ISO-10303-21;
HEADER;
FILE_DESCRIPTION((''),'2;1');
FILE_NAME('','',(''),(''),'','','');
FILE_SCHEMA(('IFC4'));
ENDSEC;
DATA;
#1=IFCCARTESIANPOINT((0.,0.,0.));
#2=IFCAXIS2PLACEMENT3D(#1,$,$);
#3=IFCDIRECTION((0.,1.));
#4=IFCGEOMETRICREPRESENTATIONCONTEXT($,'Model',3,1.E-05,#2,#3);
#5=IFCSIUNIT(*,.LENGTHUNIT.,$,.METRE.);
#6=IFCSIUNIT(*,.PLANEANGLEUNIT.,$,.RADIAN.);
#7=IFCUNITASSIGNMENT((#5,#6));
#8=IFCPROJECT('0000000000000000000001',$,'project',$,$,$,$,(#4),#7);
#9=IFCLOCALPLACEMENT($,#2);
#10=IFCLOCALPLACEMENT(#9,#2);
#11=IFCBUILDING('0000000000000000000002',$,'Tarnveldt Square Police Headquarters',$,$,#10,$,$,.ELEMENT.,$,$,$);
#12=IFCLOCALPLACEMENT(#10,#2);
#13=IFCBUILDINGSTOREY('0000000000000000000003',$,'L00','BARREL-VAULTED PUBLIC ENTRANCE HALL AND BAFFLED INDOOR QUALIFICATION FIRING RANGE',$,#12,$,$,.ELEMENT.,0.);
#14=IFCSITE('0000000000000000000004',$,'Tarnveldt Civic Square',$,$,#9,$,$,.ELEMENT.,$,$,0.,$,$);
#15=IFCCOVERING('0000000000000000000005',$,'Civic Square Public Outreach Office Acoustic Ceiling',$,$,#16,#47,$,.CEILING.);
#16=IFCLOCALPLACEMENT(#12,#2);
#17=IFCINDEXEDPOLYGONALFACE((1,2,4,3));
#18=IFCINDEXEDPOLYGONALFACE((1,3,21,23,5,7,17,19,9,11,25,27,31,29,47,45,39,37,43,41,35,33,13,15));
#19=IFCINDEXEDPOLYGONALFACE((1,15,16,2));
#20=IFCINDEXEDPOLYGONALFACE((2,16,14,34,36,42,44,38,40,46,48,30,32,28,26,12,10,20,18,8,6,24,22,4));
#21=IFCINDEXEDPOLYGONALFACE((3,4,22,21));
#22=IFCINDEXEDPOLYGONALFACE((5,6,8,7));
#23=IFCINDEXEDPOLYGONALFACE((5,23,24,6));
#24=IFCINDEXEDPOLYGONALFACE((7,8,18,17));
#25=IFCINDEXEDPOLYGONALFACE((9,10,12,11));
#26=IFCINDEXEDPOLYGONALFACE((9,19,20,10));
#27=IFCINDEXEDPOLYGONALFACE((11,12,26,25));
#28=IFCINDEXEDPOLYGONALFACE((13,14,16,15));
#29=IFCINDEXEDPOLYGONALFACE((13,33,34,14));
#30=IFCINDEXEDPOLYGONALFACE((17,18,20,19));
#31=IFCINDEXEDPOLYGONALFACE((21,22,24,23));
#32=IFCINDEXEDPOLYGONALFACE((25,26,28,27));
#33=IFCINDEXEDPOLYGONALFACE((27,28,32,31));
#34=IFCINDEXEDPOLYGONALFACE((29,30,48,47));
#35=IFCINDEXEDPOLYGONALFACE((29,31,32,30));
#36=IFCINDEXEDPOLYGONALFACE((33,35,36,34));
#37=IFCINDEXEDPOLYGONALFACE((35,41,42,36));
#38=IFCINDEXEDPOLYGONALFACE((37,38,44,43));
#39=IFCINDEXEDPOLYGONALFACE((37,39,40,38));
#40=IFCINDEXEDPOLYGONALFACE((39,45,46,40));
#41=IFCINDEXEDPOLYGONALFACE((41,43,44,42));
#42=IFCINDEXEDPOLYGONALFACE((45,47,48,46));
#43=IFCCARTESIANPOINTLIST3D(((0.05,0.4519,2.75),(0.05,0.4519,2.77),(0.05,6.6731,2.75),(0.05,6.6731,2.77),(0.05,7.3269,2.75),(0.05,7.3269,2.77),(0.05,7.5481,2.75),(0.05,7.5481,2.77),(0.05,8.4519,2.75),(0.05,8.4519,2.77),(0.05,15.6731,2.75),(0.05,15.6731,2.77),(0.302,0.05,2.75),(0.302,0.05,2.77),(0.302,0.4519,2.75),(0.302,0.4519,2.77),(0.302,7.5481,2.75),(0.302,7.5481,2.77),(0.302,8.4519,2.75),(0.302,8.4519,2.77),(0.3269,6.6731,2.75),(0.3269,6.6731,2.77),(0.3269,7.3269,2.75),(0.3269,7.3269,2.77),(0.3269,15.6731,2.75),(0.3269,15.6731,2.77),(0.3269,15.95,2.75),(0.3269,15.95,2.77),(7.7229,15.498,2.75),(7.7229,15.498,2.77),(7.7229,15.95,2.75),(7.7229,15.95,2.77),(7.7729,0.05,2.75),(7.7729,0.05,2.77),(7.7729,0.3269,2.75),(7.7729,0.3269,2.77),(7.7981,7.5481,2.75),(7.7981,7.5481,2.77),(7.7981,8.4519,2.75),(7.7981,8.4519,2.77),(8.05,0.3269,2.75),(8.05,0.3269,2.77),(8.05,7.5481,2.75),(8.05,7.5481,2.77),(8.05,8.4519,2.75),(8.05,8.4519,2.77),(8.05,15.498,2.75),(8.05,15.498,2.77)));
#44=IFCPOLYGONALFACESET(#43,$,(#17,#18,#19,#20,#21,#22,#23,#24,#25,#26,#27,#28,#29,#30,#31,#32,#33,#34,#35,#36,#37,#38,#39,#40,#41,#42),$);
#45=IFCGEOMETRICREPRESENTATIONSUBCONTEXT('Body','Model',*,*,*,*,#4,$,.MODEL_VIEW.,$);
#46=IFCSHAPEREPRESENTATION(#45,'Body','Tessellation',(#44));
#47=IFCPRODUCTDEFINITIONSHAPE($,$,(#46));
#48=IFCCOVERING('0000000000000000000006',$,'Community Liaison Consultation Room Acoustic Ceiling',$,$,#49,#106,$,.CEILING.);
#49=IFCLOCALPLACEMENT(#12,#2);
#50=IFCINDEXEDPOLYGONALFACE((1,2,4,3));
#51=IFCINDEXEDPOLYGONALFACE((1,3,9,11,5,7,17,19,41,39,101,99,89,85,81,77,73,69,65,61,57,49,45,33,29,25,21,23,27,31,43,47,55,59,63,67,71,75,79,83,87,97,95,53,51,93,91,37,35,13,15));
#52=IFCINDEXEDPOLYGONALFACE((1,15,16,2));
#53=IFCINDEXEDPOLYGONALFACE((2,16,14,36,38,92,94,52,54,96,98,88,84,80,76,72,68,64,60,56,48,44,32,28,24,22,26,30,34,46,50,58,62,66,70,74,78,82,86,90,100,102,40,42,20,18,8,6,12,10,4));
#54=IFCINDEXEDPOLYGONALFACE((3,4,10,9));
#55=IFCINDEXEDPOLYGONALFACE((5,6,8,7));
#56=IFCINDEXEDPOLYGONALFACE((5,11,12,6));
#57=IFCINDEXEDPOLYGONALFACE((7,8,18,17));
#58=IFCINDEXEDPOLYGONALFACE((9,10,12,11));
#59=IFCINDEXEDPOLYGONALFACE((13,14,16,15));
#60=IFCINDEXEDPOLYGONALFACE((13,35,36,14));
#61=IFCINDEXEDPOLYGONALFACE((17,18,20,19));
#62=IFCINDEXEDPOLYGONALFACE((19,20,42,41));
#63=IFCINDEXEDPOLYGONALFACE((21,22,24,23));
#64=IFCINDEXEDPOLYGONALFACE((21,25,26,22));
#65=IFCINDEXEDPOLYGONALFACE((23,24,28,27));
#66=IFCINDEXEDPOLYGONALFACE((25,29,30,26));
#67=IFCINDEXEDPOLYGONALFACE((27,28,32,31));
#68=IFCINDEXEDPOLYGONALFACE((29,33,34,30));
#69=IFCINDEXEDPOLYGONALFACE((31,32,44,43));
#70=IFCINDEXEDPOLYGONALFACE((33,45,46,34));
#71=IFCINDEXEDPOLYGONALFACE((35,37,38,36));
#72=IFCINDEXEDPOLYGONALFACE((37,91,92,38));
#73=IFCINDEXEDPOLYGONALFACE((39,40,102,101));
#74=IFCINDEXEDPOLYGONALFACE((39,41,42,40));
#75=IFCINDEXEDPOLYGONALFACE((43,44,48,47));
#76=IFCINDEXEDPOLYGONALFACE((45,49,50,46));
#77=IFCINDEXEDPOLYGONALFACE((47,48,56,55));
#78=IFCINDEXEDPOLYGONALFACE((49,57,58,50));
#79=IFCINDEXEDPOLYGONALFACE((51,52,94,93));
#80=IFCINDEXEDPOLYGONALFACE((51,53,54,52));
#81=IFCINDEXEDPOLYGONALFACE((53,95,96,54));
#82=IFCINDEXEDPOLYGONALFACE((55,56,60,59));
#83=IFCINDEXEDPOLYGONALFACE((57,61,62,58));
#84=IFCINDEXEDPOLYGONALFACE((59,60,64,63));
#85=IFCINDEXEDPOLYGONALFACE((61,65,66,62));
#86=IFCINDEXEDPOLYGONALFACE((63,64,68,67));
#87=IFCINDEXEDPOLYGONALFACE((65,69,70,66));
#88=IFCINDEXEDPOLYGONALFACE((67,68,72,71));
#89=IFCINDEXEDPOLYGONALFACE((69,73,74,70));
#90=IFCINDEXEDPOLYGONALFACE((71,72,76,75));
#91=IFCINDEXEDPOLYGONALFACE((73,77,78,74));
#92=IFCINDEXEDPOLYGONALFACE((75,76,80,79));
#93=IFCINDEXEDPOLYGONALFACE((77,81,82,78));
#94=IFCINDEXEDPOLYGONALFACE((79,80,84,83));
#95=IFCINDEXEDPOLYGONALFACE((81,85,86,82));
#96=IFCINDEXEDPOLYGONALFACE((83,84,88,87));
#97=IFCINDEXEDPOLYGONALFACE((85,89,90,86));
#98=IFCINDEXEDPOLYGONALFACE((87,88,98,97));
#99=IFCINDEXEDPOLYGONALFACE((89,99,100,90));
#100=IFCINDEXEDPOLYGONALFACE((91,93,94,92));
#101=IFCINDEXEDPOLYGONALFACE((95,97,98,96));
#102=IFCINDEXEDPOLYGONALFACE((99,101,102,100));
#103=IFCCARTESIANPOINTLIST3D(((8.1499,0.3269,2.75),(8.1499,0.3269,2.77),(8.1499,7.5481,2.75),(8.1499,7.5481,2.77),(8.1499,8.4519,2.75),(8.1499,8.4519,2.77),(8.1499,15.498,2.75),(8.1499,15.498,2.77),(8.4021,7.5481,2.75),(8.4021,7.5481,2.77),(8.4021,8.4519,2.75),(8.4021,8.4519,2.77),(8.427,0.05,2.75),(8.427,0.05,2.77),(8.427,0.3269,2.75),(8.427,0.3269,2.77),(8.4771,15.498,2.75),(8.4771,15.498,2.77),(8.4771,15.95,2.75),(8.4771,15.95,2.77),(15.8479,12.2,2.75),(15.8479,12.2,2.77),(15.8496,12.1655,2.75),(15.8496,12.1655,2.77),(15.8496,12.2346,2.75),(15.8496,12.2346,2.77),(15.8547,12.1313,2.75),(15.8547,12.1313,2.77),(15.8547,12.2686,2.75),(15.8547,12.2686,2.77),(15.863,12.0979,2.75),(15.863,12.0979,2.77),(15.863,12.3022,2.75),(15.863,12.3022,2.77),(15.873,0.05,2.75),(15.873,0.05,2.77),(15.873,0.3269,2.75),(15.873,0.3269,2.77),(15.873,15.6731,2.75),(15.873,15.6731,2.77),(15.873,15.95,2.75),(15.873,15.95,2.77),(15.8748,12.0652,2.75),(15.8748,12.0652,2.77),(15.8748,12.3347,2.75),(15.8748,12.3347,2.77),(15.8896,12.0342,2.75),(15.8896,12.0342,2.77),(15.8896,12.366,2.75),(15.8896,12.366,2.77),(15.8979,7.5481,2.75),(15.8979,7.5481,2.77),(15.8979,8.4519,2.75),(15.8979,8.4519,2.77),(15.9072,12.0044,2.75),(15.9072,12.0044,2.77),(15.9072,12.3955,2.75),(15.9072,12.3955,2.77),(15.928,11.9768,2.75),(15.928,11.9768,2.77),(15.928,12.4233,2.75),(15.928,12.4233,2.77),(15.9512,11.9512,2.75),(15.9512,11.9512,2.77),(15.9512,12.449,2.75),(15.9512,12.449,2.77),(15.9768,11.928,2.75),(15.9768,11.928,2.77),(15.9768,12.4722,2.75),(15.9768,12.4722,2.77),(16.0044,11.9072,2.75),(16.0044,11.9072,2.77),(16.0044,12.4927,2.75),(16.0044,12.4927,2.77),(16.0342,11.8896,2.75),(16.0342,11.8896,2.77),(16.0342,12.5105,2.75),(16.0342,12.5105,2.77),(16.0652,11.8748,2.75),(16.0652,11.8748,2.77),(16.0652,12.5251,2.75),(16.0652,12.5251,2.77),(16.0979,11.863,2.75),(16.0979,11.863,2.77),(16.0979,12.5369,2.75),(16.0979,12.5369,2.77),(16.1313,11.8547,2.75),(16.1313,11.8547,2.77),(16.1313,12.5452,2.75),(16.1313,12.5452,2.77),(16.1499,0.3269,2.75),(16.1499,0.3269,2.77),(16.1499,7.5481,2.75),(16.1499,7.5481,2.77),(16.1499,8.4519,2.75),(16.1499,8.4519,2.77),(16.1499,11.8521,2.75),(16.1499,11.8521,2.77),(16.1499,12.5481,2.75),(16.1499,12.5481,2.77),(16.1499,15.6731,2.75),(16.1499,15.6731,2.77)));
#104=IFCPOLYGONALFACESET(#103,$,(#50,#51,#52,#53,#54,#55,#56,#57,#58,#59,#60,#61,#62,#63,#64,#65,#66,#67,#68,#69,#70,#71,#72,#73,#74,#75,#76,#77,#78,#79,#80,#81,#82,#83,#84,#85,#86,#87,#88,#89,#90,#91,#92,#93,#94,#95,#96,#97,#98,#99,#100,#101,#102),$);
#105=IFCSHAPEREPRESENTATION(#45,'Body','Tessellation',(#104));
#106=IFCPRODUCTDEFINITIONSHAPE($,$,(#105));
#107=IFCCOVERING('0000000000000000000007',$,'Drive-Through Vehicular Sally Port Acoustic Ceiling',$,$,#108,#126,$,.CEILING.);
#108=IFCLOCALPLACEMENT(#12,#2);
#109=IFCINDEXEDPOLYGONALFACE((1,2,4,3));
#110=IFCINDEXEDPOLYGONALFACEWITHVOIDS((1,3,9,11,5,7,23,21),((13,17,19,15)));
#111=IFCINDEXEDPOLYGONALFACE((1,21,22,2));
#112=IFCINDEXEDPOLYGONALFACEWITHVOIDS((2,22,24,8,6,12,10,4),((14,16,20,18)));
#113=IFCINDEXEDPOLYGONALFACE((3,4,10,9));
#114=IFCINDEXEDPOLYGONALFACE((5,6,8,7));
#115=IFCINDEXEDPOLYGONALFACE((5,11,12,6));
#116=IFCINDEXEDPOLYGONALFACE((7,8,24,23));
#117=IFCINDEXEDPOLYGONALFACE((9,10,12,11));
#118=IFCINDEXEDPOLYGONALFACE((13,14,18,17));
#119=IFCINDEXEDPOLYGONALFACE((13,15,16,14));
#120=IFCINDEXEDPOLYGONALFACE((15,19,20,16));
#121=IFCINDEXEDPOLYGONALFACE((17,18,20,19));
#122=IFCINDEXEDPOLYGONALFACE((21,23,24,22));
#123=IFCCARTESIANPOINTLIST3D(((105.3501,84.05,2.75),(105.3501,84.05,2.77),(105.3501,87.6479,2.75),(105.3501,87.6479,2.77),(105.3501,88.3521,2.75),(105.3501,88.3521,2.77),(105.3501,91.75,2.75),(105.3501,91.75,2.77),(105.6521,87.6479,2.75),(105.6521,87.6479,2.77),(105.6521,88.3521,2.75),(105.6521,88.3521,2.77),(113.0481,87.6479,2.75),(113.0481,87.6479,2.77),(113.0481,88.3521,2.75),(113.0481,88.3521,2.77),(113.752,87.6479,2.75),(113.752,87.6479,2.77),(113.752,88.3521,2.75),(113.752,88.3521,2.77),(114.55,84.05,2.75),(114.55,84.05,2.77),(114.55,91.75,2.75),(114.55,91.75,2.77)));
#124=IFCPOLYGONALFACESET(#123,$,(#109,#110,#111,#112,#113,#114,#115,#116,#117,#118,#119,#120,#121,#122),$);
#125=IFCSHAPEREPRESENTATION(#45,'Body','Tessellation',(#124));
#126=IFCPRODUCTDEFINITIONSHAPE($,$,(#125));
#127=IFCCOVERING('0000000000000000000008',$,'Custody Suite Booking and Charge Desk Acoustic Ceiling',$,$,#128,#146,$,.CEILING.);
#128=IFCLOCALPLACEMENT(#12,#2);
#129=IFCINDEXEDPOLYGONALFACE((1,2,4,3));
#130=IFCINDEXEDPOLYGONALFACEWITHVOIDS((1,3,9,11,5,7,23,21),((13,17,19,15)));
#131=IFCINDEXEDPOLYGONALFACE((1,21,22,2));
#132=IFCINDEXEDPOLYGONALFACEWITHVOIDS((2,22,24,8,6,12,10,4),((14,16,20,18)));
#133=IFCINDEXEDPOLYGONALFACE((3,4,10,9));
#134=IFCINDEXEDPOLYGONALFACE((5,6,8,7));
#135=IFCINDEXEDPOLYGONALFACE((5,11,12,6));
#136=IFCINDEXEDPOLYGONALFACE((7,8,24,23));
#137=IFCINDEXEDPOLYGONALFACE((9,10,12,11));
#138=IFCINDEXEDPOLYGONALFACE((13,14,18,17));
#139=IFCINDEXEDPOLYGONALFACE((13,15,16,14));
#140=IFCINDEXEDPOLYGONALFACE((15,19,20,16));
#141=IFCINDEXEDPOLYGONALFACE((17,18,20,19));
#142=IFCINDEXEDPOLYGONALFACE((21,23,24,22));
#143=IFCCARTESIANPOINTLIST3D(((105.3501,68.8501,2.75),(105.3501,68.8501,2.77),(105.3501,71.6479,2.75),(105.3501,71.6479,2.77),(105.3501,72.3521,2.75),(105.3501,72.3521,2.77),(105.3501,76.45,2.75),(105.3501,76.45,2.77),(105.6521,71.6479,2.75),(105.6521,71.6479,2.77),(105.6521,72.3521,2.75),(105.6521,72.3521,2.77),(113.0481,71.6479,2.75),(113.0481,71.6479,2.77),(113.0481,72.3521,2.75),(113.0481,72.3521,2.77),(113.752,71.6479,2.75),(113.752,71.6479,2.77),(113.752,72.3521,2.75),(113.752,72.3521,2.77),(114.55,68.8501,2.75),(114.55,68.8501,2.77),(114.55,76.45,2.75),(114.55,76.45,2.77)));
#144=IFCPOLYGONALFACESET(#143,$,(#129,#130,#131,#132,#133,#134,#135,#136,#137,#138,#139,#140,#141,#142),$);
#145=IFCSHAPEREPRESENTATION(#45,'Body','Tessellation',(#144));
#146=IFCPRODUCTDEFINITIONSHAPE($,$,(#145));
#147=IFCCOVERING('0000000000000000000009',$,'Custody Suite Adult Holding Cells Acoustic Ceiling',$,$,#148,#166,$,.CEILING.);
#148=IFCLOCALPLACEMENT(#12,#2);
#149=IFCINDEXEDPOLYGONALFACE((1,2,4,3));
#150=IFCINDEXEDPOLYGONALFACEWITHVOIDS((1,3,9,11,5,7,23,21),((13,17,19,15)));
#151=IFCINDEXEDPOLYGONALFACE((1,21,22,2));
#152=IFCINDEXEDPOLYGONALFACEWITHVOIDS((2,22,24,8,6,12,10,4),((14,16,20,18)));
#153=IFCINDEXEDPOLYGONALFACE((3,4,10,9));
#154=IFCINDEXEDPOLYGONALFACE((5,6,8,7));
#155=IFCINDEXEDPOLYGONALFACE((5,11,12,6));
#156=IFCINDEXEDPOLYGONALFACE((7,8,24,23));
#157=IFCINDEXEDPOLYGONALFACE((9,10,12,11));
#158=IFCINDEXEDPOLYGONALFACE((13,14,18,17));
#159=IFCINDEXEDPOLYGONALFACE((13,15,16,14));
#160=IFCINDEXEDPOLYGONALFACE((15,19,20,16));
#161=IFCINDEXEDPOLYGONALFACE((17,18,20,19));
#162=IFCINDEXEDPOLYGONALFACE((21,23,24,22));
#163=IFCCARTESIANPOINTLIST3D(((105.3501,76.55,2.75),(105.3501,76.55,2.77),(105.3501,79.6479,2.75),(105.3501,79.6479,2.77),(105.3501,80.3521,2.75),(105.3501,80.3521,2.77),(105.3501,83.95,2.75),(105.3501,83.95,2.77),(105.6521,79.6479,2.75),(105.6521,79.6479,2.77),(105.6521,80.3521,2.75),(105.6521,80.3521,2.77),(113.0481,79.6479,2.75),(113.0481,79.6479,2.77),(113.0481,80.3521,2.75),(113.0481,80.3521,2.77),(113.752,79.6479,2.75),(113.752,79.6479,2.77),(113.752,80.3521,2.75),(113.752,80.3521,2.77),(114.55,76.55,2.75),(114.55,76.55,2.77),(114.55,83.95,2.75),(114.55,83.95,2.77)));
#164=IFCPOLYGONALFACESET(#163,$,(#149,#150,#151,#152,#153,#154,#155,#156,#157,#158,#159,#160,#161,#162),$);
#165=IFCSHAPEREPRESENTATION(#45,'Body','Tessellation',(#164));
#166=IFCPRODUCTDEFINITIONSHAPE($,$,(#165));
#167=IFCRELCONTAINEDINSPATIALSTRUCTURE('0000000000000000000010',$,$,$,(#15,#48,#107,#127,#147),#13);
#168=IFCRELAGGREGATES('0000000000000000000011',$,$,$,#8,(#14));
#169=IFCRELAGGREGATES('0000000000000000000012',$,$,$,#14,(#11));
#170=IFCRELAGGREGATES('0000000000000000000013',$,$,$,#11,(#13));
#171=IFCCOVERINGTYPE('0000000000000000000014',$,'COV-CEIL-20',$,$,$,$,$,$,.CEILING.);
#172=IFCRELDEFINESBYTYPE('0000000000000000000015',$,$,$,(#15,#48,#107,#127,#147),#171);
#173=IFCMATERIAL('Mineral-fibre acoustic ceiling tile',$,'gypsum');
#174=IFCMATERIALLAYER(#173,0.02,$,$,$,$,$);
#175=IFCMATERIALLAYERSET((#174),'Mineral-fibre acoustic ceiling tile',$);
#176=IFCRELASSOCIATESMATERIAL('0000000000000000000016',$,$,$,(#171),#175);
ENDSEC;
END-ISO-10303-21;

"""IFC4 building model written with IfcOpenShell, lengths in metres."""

from ifc_helpers import new_model, si_unit, direction, frame, origin, place, context, subcontext, project, spatial, polyline, outline, extrude, material, layer, layer_set, type_object, element, save


model = new_model("IFC4")

# Units and contexts
model_context = context("Model", 3, precision=1e-05, world=origin(), true_north=direction((0.0, 1.0)))
body_context = subcontext(model_context, "Body", "Model", "MODEL_VIEW")
ifc_project = project(units=[si_unit("LENGTHUNIT", "METRE"), si_unit("PLANEANGLEUNIT", "RADIAN")], contexts=[model_context])

# Site, building, storey
site_placement = place(None, origin())
site = spatial("IfcSite", under=ifc_project, at=site_placement, Name="Tarnveldt Civic Square", CompositionType="ELEMENT", RefElevation=0.0)
building_placement = place(site_placement, origin())
building = spatial("IfcBuilding", under=site, at=building_placement, Name="Tarnveldt Square Police Headquarters", CompositionType="ELEMENT")
storey_placement = place(building_placement, origin())
storey = spatial("IfcBuildingStorey", under=building, at=storey_placement, Name="L00", Description="BARREL-VAULTED PUBLIC ENTRANCE HALL AND BAFFLED INDOOR QUALIFICATION FIRING RANGE", CompositionType="ELEMENT", Elevation=0.0)

# Coverings
ifc_material_1 = material(Name="Mineral-fibre acoustic ceiling tile", Category="gypsum")
ifc_layer_1 = layer(ifc_material_1, 0.02)
ifc_layer_set_1 = layer_set([ifc_layer_1], Name="Mineral-fibre acoustic ceiling tile")
covering_type_1 = type_object("IfcCoveringType", Name="COV-CEIL-20", PredefinedType="CEILING", material=ifc_layer_set_1)
covering_1_placement = place(storey_placement, frame((0.0, 0.0, 2.75)))
element("IfcCovering", 1, at=covering_1_placement, inside=storey, type_object=covering_type_1, Name="Civic Square Public Outreach Office Acoustic Ceiling", PredefinedType="CEILING", context=body_context, shape_type="SweptSolid", body=[
    extrude(outline(polyline([(8.05, 0.3269), (7.7729, 0.3269), (7.7729, 0.05), (0.302, 0.05), (0.302, 0.4519), (0.05, 0.4519), (0.05, 6.6731), (0.3269, 6.6731), (0.3269, 7.3269), (0.05, 7.3269), (0.05, 7.5481), (0.302, 7.5481), (0.302, 8.4519), (0.05, 8.4519), (0.05, 15.6731), (0.3269, 15.6731), (0.3269, 15.95), (7.7229, 15.95), (7.7229, 15.498), (8.05, 15.498), (8.05, 8.4519), (7.7981, 8.4519), (7.7981, 7.5481), (8.05, 7.5481), (8.05, 0.3269)])), origin(), (0.0, 0.0, 1.0), 0.02),
])
covering_2_placement = place(storey_placement, frame((0.0, 0.0, 2.75)))
element("IfcCovering", 2, at=covering_2_placement, inside=storey, type_object=covering_type_1, Name="Community Liaison Consultation Room Acoustic Ceiling", PredefinedType="CEILING", context=body_context, shape_type="SweptSolid", body=[
    extrude(outline(polyline([(16.1499, 0.3269), (15.873, 0.3269), (15.873, 0.05), (8.427, 0.05), (8.427, 0.3269), (8.1499, 0.3269), (8.1499, 7.5481), (8.4021, 7.5481), (8.4021, 8.4519), (8.1499, 8.4519), (8.1499, 15.498), (8.4771, 15.498), (8.4771, 15.95), (15.873, 15.95), (15.873, 15.6731), (16.1499, 15.6731), (16.1499, 12.5481), (16.1313, 12.5452), (16.0979, 12.5369), (16.0652, 12.5251), (16.0342, 12.5105), (16.0044, 12.4927), (15.9768, 12.4722), (15.9512, 12.449), (15.928, 12.4233), (15.9072, 12.3955), (15.8896, 12.366), (15.8748, 12.3347), (15.863, 12.3022), (15.8547, 12.2686), (15.8496, 12.2346), (15.8479, 12.2), (15.8496, 12.1655), (15.8547, 12.1313), (15.863, 12.0979), (15.8748, 12.0652), (15.8896, 12.0342), (15.9072, 12.0044), (15.928, 11.9768), (15.9512, 11.9512), (15.9768, 11.928), (16.0044, 11.9072), (16.0342, 11.8896), (16.0652, 11.8748), (16.0979, 11.863), (16.1313, 11.8547), (16.1499, 11.8521), (16.1499, 8.4519), (15.8979, 8.4519), (15.8979, 7.5481), (16.1499, 7.5481), (16.1499, 0.3269)])), origin(), (0.0, 0.0, 1.0), 0.02),
])
covering_3_placement = place(storey_placement, frame((0.0, 0.0, 2.75)))
element("IfcCovering", 3, at=covering_3_placement, inside=storey, type_object=covering_type_1, Name="Drive-Through Vehicular Sally Port Acoustic Ceiling", PredefinedType="CEILING", context=body_context, shape_type="SweptSolid", body=[
    extrude(outline(polyline([(105.3501, 91.75), (114.55, 91.75), (114.55, 84.05), (105.3501, 84.05), (105.3501, 87.6479), (105.6521, 87.6479), (105.6521, 88.3521), (105.3501, 88.3521), (105.3501, 91.75)]), holes=[polyline([(113.752, 88.3521), (113.0481, 88.3521), (113.0481, 87.6479), (113.752, 87.6479), (113.752, 88.3521)])]), origin(), (0.0, 0.0, 1.0), 0.02),
])
covering_4_placement = place(storey_placement, frame((0.0, 0.0, 2.75)))
element("IfcCovering", 4, at=covering_4_placement, inside=storey, type_object=covering_type_1, Name="Custody Suite Booking and Charge Desk Acoustic Ceiling", PredefinedType="CEILING", context=body_context, shape_type="SweptSolid", body=[
    extrude(outline(polyline([(105.3501, 76.45), (114.55, 76.45), (114.55, 68.8501), (105.3501, 68.8501), (105.3501, 71.6479), (105.6521, 71.6479), (105.6521, 72.3521), (105.3501, 72.3521), (105.3501, 76.45)]), holes=[polyline([(113.752, 72.3521), (113.0481, 72.3521), (113.0481, 71.6479), (113.752, 71.6479), (113.752, 72.3521)])]), origin(), (0.0, 0.0, 1.0), 0.02),
])
covering_5_placement = place(storey_placement, frame((0.0, 0.0, 2.75)))
element("IfcCovering", 5, at=covering_5_placement, inside=storey, type_object=covering_type_1, Name="Custody Suite Adult Holding Cells Acoustic Ceiling", PredefinedType="CEILING", context=body_context, shape_type="SweptSolid", body=[
    extrude(outline(polyline([(105.3501, 83.95), (114.55, 83.95), (114.55, 76.55), (105.3501, 76.55), (105.3501, 79.6479), (105.6521, 79.6479), (105.6521, 80.3521), (105.3501, 80.3521), (105.3501, 83.95)]), holes=[polyline([(113.0481, 80.3521), (113.0481, 79.6479), (113.752, 79.6479), (113.752, 80.3521), (113.0481, 80.3521)])]), origin(), (0.0, 0.0, 1.0), 0.02),
])

save(model, "model.ifc")
